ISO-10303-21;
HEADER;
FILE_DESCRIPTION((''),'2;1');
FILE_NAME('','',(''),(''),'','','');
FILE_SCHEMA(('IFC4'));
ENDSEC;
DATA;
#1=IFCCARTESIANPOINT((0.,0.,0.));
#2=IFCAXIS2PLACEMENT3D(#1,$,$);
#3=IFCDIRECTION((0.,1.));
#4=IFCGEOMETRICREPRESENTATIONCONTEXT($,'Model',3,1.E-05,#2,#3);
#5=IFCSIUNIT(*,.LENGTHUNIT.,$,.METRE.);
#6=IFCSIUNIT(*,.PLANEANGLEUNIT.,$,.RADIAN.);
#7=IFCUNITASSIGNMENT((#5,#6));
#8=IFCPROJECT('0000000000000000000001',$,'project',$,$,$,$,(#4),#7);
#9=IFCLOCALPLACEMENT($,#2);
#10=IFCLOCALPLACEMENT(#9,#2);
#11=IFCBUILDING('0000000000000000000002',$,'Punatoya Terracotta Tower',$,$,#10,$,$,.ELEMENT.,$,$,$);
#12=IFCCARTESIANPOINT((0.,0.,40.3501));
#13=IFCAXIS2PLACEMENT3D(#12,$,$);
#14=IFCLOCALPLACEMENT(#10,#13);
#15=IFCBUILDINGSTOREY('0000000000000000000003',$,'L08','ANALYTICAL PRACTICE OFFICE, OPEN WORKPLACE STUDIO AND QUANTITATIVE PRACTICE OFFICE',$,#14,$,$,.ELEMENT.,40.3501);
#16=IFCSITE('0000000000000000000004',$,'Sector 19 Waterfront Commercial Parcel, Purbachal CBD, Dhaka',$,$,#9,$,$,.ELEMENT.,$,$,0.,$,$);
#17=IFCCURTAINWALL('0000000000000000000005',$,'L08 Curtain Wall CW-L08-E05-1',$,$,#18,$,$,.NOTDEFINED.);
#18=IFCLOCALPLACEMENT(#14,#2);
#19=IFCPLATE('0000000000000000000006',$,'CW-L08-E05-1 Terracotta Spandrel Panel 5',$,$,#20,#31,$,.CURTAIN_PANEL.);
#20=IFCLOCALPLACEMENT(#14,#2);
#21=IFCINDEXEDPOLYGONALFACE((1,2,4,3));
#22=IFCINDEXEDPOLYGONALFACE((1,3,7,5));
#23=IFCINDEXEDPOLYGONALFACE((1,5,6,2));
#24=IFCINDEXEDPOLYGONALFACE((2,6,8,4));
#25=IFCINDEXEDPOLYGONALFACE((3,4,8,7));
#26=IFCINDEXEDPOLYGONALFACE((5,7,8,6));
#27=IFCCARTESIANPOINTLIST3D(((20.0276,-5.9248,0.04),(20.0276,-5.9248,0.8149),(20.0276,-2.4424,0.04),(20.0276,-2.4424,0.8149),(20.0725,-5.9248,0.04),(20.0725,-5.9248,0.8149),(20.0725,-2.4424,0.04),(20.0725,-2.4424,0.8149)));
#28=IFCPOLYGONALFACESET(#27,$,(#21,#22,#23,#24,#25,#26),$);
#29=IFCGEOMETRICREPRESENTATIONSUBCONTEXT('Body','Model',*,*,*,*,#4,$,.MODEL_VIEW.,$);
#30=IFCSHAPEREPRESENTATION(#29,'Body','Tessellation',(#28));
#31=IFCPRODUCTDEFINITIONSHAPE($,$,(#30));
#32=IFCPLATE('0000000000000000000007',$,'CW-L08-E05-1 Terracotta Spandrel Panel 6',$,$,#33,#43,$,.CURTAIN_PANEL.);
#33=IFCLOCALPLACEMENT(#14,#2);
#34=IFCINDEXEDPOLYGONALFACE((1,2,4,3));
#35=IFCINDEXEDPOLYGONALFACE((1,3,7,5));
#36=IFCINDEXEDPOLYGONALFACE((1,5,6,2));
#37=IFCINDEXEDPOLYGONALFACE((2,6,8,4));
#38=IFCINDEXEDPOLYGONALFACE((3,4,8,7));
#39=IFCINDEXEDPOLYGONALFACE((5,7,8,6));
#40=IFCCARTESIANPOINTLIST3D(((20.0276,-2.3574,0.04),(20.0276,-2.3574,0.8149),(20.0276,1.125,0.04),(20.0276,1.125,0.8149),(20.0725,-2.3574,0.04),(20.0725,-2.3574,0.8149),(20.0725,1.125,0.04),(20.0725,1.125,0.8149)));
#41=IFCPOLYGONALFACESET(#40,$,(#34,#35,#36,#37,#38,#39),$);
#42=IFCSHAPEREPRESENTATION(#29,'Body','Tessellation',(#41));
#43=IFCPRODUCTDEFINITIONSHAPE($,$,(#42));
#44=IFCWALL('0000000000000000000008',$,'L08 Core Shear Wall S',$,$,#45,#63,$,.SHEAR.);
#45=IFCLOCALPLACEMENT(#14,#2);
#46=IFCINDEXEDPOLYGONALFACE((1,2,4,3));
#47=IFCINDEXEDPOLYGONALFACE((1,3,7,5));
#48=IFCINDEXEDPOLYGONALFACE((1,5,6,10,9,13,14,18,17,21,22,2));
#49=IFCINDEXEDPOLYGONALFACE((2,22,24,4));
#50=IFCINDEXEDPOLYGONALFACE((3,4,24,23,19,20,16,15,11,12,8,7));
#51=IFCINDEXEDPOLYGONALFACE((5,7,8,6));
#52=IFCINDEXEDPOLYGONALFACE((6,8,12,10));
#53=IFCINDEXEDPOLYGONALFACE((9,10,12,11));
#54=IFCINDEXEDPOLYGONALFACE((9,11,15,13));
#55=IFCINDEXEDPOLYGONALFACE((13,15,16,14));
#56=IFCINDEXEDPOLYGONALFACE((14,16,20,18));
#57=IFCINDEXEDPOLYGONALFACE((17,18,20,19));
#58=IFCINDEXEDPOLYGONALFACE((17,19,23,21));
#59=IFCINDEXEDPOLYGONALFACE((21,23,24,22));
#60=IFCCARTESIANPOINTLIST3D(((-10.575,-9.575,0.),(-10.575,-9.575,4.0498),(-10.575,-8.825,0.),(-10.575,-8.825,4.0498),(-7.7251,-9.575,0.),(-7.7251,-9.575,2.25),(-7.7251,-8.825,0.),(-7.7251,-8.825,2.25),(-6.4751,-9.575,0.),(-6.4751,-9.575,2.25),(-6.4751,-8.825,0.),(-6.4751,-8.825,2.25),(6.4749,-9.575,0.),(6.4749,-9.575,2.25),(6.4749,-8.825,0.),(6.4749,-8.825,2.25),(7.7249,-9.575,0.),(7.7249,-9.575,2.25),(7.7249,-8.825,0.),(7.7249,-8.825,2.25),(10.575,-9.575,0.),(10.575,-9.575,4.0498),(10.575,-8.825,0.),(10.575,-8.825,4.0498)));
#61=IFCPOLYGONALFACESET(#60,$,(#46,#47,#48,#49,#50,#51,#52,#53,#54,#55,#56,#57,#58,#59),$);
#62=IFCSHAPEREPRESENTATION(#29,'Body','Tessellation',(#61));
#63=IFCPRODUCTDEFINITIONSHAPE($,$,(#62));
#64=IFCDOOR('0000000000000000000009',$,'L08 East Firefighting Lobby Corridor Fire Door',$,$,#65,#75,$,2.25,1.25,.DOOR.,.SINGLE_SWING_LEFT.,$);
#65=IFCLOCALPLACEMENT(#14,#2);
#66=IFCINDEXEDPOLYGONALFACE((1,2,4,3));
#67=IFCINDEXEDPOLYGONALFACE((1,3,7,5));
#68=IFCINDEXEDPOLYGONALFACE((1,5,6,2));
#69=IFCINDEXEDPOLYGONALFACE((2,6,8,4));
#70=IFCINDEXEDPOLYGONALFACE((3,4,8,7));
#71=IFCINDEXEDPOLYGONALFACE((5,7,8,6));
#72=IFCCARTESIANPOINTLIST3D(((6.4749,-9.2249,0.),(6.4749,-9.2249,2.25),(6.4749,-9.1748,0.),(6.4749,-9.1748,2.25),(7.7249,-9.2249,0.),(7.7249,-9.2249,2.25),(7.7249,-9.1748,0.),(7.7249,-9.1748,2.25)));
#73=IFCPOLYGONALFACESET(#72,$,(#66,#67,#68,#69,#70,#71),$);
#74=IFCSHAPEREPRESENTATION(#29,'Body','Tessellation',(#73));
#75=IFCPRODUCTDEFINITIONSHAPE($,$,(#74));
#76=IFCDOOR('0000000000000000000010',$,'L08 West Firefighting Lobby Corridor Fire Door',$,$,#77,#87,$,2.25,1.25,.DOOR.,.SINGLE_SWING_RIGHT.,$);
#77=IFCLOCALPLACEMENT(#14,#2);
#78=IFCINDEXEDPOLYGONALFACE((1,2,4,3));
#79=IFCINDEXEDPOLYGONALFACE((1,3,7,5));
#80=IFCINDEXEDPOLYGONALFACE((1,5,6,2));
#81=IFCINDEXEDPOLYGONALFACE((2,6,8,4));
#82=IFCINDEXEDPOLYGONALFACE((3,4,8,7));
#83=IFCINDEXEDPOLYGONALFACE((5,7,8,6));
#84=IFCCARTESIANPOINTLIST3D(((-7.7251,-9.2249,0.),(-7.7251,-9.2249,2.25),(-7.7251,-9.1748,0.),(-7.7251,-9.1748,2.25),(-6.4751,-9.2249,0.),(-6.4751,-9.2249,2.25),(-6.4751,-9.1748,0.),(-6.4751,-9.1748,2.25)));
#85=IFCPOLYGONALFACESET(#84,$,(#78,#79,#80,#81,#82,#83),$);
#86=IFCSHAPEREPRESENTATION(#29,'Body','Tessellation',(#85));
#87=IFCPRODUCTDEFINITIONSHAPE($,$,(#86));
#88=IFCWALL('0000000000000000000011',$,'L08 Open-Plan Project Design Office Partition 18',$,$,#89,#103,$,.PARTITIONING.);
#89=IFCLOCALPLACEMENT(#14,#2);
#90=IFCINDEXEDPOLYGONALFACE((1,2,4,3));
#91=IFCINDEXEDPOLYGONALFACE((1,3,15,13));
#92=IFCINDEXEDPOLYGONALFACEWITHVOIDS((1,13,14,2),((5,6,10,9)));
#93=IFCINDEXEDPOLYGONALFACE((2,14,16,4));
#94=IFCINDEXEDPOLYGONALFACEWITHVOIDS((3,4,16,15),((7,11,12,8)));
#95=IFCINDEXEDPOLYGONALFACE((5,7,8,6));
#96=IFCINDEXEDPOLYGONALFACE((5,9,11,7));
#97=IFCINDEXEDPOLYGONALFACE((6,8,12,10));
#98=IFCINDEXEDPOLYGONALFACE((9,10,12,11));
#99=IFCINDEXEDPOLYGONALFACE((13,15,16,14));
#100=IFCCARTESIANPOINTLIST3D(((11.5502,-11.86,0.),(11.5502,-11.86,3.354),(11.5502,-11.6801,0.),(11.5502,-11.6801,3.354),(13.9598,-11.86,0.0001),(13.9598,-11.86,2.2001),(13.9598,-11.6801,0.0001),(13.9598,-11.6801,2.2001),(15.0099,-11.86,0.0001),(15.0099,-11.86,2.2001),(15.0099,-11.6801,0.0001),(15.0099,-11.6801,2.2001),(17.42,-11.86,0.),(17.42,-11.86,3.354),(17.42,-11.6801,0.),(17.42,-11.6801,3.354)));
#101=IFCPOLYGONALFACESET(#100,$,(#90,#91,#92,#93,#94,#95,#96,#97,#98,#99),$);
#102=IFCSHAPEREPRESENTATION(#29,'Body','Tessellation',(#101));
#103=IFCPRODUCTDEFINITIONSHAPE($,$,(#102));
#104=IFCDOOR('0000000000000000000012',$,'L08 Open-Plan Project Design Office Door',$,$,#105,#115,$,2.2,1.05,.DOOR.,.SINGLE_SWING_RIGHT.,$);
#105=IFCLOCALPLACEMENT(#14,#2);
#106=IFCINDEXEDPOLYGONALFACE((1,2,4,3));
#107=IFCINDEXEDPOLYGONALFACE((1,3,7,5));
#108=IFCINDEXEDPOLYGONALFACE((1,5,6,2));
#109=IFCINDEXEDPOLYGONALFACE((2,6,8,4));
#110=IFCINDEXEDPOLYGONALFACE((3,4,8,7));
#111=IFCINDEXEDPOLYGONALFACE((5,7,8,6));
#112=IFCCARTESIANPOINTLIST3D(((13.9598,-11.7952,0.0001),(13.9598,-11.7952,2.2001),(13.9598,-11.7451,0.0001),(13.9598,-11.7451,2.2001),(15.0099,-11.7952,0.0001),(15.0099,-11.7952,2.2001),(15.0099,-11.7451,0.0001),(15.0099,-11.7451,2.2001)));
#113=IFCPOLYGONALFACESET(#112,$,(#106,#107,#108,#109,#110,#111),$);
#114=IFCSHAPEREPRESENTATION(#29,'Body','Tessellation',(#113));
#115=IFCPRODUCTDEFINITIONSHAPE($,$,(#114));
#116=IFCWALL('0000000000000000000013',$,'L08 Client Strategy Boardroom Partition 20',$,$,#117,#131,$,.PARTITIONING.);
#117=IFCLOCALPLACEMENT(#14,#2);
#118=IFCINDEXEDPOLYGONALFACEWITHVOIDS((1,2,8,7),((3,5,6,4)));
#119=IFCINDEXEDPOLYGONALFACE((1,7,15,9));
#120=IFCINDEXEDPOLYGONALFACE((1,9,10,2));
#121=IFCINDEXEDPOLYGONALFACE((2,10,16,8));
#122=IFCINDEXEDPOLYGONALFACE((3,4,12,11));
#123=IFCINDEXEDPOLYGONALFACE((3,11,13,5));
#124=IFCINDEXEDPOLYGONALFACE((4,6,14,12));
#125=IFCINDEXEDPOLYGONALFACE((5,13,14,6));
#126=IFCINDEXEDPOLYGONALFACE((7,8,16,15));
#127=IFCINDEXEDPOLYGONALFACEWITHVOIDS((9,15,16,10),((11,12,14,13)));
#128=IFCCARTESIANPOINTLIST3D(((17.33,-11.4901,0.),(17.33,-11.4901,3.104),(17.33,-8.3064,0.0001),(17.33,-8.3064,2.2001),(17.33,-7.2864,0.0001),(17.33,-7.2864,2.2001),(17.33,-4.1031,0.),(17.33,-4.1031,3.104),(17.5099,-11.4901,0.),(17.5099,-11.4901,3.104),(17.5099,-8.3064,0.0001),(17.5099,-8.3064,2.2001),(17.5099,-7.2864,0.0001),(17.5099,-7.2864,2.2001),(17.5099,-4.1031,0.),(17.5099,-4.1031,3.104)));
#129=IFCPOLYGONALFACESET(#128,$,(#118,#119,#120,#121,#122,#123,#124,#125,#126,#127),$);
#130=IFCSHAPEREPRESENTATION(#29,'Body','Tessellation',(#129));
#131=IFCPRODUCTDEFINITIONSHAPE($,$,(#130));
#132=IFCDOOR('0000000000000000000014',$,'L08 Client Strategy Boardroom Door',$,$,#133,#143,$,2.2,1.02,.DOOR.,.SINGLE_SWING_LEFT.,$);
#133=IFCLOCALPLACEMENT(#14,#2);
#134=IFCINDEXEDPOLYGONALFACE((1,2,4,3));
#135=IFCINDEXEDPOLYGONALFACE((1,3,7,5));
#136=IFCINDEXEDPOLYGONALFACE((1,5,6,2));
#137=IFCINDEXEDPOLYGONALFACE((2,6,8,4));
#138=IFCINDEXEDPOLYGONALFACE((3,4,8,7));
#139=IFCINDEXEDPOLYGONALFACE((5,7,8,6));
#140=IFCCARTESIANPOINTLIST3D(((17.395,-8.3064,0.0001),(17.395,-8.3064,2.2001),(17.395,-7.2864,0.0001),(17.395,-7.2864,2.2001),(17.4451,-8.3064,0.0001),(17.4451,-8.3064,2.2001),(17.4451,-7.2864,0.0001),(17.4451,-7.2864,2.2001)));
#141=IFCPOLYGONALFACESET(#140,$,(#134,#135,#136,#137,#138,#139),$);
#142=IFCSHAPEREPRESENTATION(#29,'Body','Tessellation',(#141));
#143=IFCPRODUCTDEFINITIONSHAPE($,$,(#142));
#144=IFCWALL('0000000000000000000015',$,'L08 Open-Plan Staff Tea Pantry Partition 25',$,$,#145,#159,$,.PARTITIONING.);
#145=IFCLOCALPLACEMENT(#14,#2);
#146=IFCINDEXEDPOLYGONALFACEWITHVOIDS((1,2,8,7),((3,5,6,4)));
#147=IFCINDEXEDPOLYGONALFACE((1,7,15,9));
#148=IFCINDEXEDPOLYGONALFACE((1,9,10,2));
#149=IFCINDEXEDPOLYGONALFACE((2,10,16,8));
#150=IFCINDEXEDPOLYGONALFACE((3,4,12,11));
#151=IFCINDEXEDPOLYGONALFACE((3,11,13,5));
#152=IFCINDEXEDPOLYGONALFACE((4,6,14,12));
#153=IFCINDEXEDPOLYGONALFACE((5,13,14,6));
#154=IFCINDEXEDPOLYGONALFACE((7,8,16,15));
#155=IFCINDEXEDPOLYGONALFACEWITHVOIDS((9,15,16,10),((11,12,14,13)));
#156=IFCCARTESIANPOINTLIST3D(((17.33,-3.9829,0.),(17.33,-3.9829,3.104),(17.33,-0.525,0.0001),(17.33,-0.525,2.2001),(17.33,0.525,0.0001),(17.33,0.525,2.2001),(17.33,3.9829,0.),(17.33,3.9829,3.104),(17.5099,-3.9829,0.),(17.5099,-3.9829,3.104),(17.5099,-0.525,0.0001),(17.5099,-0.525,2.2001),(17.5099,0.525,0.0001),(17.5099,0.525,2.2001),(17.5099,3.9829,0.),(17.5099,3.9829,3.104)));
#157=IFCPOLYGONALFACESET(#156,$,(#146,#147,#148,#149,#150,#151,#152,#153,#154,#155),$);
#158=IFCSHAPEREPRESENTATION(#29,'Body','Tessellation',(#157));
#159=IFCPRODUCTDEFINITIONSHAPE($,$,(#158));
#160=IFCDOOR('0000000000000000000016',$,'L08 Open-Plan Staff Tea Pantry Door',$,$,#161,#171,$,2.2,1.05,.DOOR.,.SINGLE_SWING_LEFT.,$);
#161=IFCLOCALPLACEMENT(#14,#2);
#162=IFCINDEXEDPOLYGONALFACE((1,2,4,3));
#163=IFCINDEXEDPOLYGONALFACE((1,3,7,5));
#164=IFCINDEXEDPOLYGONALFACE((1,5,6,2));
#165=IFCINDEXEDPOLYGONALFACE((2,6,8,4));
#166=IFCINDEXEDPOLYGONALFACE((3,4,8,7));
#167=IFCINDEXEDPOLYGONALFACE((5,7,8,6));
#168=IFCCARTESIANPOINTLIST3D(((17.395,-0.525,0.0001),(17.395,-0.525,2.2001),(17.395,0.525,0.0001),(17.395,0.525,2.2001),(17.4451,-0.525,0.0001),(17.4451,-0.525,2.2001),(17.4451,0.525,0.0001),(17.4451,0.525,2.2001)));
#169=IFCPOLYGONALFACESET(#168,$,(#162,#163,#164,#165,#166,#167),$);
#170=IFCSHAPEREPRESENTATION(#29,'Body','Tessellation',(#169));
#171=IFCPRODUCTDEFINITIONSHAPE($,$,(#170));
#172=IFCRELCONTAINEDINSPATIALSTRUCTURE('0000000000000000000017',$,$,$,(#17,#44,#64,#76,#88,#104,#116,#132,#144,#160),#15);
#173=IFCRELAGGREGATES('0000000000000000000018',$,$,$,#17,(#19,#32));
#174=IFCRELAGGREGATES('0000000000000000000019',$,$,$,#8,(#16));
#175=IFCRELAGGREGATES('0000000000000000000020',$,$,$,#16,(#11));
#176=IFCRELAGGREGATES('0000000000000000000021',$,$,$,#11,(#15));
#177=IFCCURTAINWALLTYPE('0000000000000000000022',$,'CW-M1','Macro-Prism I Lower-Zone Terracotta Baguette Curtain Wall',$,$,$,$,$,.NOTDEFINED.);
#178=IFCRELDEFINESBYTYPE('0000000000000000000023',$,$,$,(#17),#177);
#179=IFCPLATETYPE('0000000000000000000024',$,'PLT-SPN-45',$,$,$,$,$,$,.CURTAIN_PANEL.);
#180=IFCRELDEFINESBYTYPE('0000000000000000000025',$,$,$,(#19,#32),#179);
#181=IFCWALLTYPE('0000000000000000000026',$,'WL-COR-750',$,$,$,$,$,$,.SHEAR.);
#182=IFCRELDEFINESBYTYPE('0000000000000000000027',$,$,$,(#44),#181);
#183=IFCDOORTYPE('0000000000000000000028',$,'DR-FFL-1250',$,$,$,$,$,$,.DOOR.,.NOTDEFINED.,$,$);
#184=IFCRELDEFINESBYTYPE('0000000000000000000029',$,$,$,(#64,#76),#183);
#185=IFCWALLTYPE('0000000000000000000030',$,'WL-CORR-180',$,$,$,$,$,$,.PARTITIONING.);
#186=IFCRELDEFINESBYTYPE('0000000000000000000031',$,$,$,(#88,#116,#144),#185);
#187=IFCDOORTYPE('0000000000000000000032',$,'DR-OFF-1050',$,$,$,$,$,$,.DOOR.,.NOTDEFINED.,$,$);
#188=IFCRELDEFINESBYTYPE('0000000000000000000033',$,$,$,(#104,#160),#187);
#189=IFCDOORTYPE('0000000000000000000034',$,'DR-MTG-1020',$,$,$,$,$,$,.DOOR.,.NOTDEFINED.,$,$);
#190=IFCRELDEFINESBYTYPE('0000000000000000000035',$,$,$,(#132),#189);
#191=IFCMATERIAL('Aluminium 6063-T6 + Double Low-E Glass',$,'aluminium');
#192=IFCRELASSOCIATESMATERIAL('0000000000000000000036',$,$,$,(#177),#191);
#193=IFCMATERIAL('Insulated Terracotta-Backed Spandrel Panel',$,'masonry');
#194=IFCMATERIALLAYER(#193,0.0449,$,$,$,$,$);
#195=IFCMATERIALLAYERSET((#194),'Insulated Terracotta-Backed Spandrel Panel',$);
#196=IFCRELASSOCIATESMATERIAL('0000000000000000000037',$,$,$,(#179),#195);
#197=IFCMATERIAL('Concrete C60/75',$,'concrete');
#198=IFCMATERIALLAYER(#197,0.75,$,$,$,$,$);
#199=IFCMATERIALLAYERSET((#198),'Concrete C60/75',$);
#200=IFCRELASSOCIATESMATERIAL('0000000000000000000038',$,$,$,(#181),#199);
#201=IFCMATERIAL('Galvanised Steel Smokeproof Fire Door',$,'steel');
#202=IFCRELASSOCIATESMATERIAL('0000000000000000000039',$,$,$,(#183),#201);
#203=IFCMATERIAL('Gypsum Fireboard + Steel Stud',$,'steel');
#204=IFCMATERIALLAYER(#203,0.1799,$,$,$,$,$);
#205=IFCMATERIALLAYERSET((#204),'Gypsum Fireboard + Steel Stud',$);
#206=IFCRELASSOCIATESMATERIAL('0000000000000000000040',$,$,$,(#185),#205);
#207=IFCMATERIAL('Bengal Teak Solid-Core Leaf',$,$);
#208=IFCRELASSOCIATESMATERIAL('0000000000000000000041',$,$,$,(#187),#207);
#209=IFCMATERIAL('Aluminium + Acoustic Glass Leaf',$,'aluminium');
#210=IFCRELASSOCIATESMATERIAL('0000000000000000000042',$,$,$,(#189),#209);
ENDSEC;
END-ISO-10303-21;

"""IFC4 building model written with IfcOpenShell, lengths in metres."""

from ifc_helpers import new_model, si_unit, direction, frame, frame_2d, origin, origin_2d, place, context, subcontext, project, spatial, rectangle, extrude, material, layer, layer_set, type_object, element, fill, aggregate, save


model = new_model("IFC4")

# Units and contexts
model_context = context("Model", 3, precision=1e-05, world=origin(), true_north=direction((0.0, 1.0)))
body_context = subcontext(model_context, "Body", "Model", "MODEL_VIEW")
ifc_project = project(units=[si_unit("LENGTHUNIT", "METRE"), si_unit("PLANEANGLEUNIT", "RADIAN")], contexts=[model_context])

# Site, building, storey
site_placement = place(None, origin())
site = spatial("IfcSite", under=ifc_project, at=site_placement, Name="Sector 19 Waterfront Commercial Parcel, Purbachal CBD, Dhaka", CompositionType="ELEMENT", RefElevation=0.0)
building_placement = place(site_placement, origin())
building = spatial("IfcBuilding", under=site, at=building_placement, Name="Punatoya Terracotta Tower", CompositionType="ELEMENT")
storey_placement = place(building_placement, frame((0.0, 0.0, 40.3501)))
storey = spatial("IfcBuildingStorey", under=building, at=storey_placement, Name="L08", Description="ANALYTICAL PRACTICE OFFICE, OPEN WORKPLACE STUDIO AND QUANTITATIVE PRACTICE OFFICE", CompositionType="ELEMENT", Elevation=40.3501)

# Curtain wall, plates
ifc_material_1 = material(Name="Aluminium 6063-T6 + Double Low-E Glass", Category="aluminium")
curtain_wall_type = type_object("IfcCurtainWallType", Name="CW-M1", Description="Macro-Prism I Lower-Zone Terracotta Baguette Curtain Wall", PredefinedType="NOTDEFINED", material=ifc_material_1)
curtain_wall_placement = place(storey_placement, origin())
curtain_wall = element("IfcCurtainWall", 1, at=curtain_wall_placement, inside=storey, type_object=curtain_wall_type, Name="L08 Curtain Wall CW-L08-E05-1", PredefinedType="NOTDEFINED")
ifc_material_2 = material(Name="Insulated Terracotta-Backed Spandrel Panel", Category="masonry")
ifc_layer_1 = layer(ifc_material_2, 0.0449)
ifc_layer_set_1 = layer_set([ifc_layer_1], Name="Insulated Terracotta-Backed Spandrel Panel")
plate_type_1 = type_object("IfcPlateType", Name="PLT-SPN-45", PredefinedType="CURTAIN_PANEL", material=ifc_layer_set_1)
plate_1_placement = place(storey_placement, frame((20.05, -4.1836, 0.04), z_axis=(0.0, 0.0, 1.0), x_axis=(0.0, 1.0, 0.0)))
plate_1 = element("IfcPlate", 2, at=plate_1_placement, type_object=plate_type_1, Name="CW-L08-E05-1 Terracotta Spandrel Panel 5", PredefinedType="CURTAIN_PANEL", context=body_context, shape_type="SweptSolid", body=[
    extrude(rectangle(XDim=3.4824, YDim=0.0449, at=origin_2d()), origin(), (0.0, 0.0, 1.0), 0.7749),
])
plate_2_placement = place(storey_placement, frame((20.05, -0.6162, 0.04), z_axis=(0.0, 0.0, 1.0), x_axis=(0.0, 1.0, 0.0)))
plate_2 = element("IfcPlate", 3, at=plate_2_placement, type_object=plate_type_1, Name="CW-L08-E05-1 Terracotta Spandrel Panel 6", PredefinedType="CURTAIN_PANEL", context=body_context, shape_type="SweptSolid", body=[
    extrude(rectangle(XDim=3.4824, YDim=0.0449, at=origin_2d()), origin(), (0.0, 0.0, 1.0), 0.7749),
])
aggregate(curtain_wall, [plate_1, plate_2])

# Wall, openings, doors
ifc_material_3 = material(Name="Concrete C60/75", Category="concrete")
ifc_layer_2 = layer(ifc_material_3, 0.75)
ifc_layer_set_2 = layer_set([ifc_layer_2], Name="Concrete C60/75")
wall_type_1 = type_object("IfcWallType", Name="WL-COR-750", PredefinedType="SHEAR", material=ifc_layer_set_2)
wall_1_placement = place(storey_placement, frame((10.575, -9.2, 0.0), z_axis=(0.0, 0.0, 1.0), x_axis=(-1.0, 0.0, 0.0)))
wall_1 = element("IfcWall", 4, at=wall_1_placement, inside=storey, type_object=wall_type_1, Name="L08 Core Shear Wall S", PredefinedType="SHEAR", context=body_context, shape_type="SweptSolid", body=[
    extrude(rectangle(XDim=21.1499, YDim=0.75, at=frame_2d((10.575, 0.0))), origin(), (0.0, 0.0, 1.0), 4.0498),
])
opening_1_placement = place(wall_1_placement, frame((2.8501, 0.0, 0.0)))
opening_1 = element("IfcOpeningElement", 5, at=opening_1_placement, cuts=wall_1, PredefinedType="OPENING", context=body_context, shape_type="SweptSolid", body=[
    extrude(rectangle(XDim=1.25, YDim=2.25, at=frame_2d((0.625, 1.125))), frame((0.0, 0.385, 0.0), z_axis=(0.0, -1.0, 0.0), x_axis=(1.0, 0.0, 0.0)), (0.0, 0.0, 1.0), 0.77),
])
opening_2_placement = place(wall_1_placement, frame((17.05, 0.0, 0.0)))
opening_2 = element("IfcOpeningElement", 6, at=opening_2_placement, cuts=wall_1, PredefinedType="OPENING", context=body_context, shape_type="SweptSolid", body=[
    extrude(rectangle(XDim=1.25, YDim=2.25, at=frame_2d((0.625, 1.125))), frame((0.0, 0.385, 0.0), z_axis=(0.0, -1.0, 0.0), x_axis=(1.0, 0.0, 0.0)), (0.0, 0.0, 1.0), 0.77),
])
ifc_material_4 = material(Name="Galvanised Steel Smokeproof Fire Door", Category="steel")
door_type_1 = type_object("IfcDoorType", Name="DR-FFL-1250", OperationType="NOTDEFINED", PredefinedType="DOOR", material=ifc_material_4)
door_1_placement = place(opening_1_placement, origin())
door_1 = element("IfcDoor", 7, at=door_1_placement, inside=storey, type_object=door_type_1, Name="L08 East Firefighting Lobby Corridor Fire Door", OperationType="SINGLE_SWING_LEFT", OverallHeight=2.25, OverallWidth=1.25, PredefinedType="DOOR", context=body_context, shape_type="SweptSolid", body=[
    extrude(rectangle(XDim=1.25, YDim=2.25, at=frame_2d((0.625, 1.125))), frame((0.0, 0.0249, 0.0), z_axis=(0.0, -1.0, 0.0), x_axis=(1.0, 0.0, 0.0)), (0.0, 0.0, 1.0), 0.05),
])
fill(opening_1, door_1)
door_2_placement = place(opening_2_placement, origin())
door_2 = element("IfcDoor", 8, at=door_2_placement, inside=storey, type_object=door_type_1, Name="L08 West Firefighting Lobby Corridor Fire Door", OperationType="SINGLE_SWING_RIGHT", OverallHeight=2.25, OverallWidth=1.25, PredefinedType="DOOR", context=body_context, shape_type="SweptSolid", body=[
    extrude(rectangle(XDim=1.25, YDim=2.25, at=frame_2d((0.625, 1.125))), frame((0.0, 0.0249, 0.0), z_axis=(0.0, -1.0, 0.0), x_axis=(1.0, 0.0, 0.0)), (0.0, 0.0, 1.0), 0.05),
])
fill(opening_2, door_2)

# Walls, openings, doors
ifc_material_5 = material(Name="Gypsum Fireboard + Steel Stud", Category="steel")
ifc_layer_3 = layer(ifc_material_5, 0.1799)
ifc_layer_set_3 = layer_set([ifc_layer_3], Name="Gypsum Fireboard + Steel Stud")
wall_type_2 = type_object("IfcWallType", Name="WL-CORR-180", PredefinedType="PARTITIONING", material=ifc_layer_set_3)
wall_2_placement = place(storey_placement, frame((11.55, -11.77, 0.0), z_axis=(0.0, 0.0, 1.0), x_axis=(1.0, 0.0, 0.0)))
wall_2 = element("IfcWall", 9, at=wall_2_placement, inside=storey, type_object=wall_type_2, Name="L08 Open-Plan Project Design Office Partition 18", PredefinedType="PARTITIONING", context=body_context, shape_type="SweptSolid", body=[
    extrude(rectangle(XDim=5.8699, YDim=0.1799, at=frame_2d((2.9351, 0.0))), origin(), (0.0, 0.0, 1.0), 3.354),
])
opening_3_placement = place(wall_2_placement, frame((2.4099, 0.0, 0.0)))
opening_3 = element("IfcOpeningElement", 10, at=opening_3_placement, cuts=wall_2, PredefinedType="OPENING", context=body_context, shape_type="SweptSolid", body=[
    extrude(rectangle(XDim=1.05, YDim=2.2, at=frame_2d((0.5249, 1.1001))), frame((0.0, 0.0999, 0.0), z_axis=(0.0, -1.0, 0.0), x_axis=(1.0, 0.0, 0.0)), (0.0, 0.0, 1.0), 0.2),
])
ifc_material_6 = material(Name="Bengal Teak Solid-Core Leaf")
door_type_2 = type_object("IfcDoorType", Name="DR-OFF-1050", OperationType="NOTDEFINED", PredefinedType="DOOR", material=ifc_material_6)
door_3_placement = place(opening_3_placement, origin())
door_3 = element("IfcDoor", 11, at=door_3_placement, inside=storey, type_object=door_type_2, Name="L08 Open-Plan Project Design Office Door", OperationType="SINGLE_SWING_RIGHT", OverallHeight=2.2, OverallWidth=1.05, PredefinedType="DOOR", context=body_context, shape_type="SweptSolid", body=[
    extrude(rectangle(XDim=1.05, YDim=2.2, at=frame_2d((0.5249, 1.1001))), frame((0.0, 0.0249, 0.0), z_axis=(0.0, -1.0, 0.0), x_axis=(1.0, 0.0, 0.0)), (0.0, 0.0, 1.0), 0.05),
])
fill(opening_3, door_3)
wall_3_placement = place(storey_placement, frame((17.4199, -11.49, 0.0), z_axis=(0.0, 0.0, 1.0), x_axis=(0.0, 1.0, 0.0)))
wall_3 = element("IfcWall", 12, at=wall_3_placement, inside=storey, type_object=wall_type_2, Name="L08 Client Strategy Boardroom Partition 20", PredefinedType="PARTITIONING", context=body_context, shape_type="SweptSolid", body=[
    extrude(rectangle(XDim=7.387, YDim=0.1799, at=frame_2d((3.6934, 0.0))), origin(), (0.0, 0.0, 1.0), 3.104),
])
opening_4_placement = place(wall_3_placement, frame((3.1836, 0.0, 0.0)))
opening_4 = element("IfcOpeningElement", 13, at=opening_4_placement, cuts=wall_3, PredefinedType="OPENING", context=body_context, shape_type="SweptSolid", body=[
    extrude(rectangle(XDim=1.02, YDim=2.2, at=frame_2d((0.51, 1.1001))), frame((0.0, 0.0999, 0.0), z_axis=(0.0, -1.0, 0.0), x_axis=(1.0, 0.0, 0.0)), (0.0, 0.0, 1.0), 0.2),
])
ifc_material_7 = material(Name="Aluminium + Acoustic Glass Leaf", Category="aluminium")
door_type_3 = type_object("IfcDoorType", Name="DR-MTG-1020", OperationType="NOTDEFINED", PredefinedType="DOOR", material=ifc_material_7)
door_4_placement = place(opening_4_placement, origin())
door_4 = element("IfcDoor", 14, at=door_4_placement, inside=storey, type_object=door_type_3, Name="L08 Client Strategy Boardroom Door", OperationType="SINGLE_SWING_LEFT", OverallHeight=2.2, OverallWidth=1.02, PredefinedType="DOOR", context=body_context, shape_type="SweptSolid", body=[
    extrude(rectangle(XDim=1.02, YDim=2.2, at=frame_2d((0.51, 1.1001))), frame((0.0, 0.0249, 0.0), z_axis=(0.0, -1.0, 0.0), x_axis=(1.0, 0.0, 0.0)), (0.0, 0.0, 1.0), 0.05),
])
fill(opening_4, door_4)
wall_4_placement = place(storey_placement, frame((17.4199, -3.9829, 0.0), z_axis=(0.0, 0.0, 1.0), x_axis=(0.0, 1.0, 0.0)))
wall_4 = element("IfcWall", 15, at=wall_4_placement, inside=storey, type_object=wall_type_2, Name="L08 Open-Plan Staff Tea Pantry Partition 25", PredefinedType="PARTITIONING", context=body_context, shape_type="SweptSolid", body=[
    extrude(rectangle(XDim=7.9658, YDim=0.1799, at=frame_2d((3.9829, 0.0))), origin(), (0.0, 0.0, 1.0), 3.104),
])
opening_5_placement = place(wall_4_placement, frame((3.458, 0.0, 0.0)))
opening_5 = element("IfcOpeningElement", 16, at=opening_5_placement, cuts=wall_4, PredefinedType="OPENING", context=body_context, shape_type="SweptSolid", body=[
    extrude(rectangle(XDim=1.05, YDim=2.2, at=frame_2d((0.5249, 1.1001))), frame((0.0, 0.0999, 0.0), z_axis=(0.0, -1.0, 0.0), x_axis=(1.0, 0.0, 0.0)), (0.0, 0.0, 1.0), 0.2),
])
door_5_placement = place(opening_5_placement, origin())
door_5 = element("IfcDoor", 17, at=door_5_placement, inside=storey, type_object=door_type_2, Name="L08 Open-Plan Staff Tea Pantry Door", OperationType="SINGLE_SWING_LEFT", OverallHeight=2.2, OverallWidth=1.05, PredefinedType="DOOR", context=body_context, shape_type="SweptSolid", body=[
    extrude(rectangle(XDim=1.05, YDim=2.2, at=frame_2d((0.5249, 1.1001))), frame((0.0, 0.0249, 0.0), z_axis=(0.0, -1.0, 0.0), x_axis=(1.0, 0.0, 0.0)), (0.0, 0.0, 1.0), 0.05),
])
fill(opening_5, door_5)

save(model, "model.ifc")
